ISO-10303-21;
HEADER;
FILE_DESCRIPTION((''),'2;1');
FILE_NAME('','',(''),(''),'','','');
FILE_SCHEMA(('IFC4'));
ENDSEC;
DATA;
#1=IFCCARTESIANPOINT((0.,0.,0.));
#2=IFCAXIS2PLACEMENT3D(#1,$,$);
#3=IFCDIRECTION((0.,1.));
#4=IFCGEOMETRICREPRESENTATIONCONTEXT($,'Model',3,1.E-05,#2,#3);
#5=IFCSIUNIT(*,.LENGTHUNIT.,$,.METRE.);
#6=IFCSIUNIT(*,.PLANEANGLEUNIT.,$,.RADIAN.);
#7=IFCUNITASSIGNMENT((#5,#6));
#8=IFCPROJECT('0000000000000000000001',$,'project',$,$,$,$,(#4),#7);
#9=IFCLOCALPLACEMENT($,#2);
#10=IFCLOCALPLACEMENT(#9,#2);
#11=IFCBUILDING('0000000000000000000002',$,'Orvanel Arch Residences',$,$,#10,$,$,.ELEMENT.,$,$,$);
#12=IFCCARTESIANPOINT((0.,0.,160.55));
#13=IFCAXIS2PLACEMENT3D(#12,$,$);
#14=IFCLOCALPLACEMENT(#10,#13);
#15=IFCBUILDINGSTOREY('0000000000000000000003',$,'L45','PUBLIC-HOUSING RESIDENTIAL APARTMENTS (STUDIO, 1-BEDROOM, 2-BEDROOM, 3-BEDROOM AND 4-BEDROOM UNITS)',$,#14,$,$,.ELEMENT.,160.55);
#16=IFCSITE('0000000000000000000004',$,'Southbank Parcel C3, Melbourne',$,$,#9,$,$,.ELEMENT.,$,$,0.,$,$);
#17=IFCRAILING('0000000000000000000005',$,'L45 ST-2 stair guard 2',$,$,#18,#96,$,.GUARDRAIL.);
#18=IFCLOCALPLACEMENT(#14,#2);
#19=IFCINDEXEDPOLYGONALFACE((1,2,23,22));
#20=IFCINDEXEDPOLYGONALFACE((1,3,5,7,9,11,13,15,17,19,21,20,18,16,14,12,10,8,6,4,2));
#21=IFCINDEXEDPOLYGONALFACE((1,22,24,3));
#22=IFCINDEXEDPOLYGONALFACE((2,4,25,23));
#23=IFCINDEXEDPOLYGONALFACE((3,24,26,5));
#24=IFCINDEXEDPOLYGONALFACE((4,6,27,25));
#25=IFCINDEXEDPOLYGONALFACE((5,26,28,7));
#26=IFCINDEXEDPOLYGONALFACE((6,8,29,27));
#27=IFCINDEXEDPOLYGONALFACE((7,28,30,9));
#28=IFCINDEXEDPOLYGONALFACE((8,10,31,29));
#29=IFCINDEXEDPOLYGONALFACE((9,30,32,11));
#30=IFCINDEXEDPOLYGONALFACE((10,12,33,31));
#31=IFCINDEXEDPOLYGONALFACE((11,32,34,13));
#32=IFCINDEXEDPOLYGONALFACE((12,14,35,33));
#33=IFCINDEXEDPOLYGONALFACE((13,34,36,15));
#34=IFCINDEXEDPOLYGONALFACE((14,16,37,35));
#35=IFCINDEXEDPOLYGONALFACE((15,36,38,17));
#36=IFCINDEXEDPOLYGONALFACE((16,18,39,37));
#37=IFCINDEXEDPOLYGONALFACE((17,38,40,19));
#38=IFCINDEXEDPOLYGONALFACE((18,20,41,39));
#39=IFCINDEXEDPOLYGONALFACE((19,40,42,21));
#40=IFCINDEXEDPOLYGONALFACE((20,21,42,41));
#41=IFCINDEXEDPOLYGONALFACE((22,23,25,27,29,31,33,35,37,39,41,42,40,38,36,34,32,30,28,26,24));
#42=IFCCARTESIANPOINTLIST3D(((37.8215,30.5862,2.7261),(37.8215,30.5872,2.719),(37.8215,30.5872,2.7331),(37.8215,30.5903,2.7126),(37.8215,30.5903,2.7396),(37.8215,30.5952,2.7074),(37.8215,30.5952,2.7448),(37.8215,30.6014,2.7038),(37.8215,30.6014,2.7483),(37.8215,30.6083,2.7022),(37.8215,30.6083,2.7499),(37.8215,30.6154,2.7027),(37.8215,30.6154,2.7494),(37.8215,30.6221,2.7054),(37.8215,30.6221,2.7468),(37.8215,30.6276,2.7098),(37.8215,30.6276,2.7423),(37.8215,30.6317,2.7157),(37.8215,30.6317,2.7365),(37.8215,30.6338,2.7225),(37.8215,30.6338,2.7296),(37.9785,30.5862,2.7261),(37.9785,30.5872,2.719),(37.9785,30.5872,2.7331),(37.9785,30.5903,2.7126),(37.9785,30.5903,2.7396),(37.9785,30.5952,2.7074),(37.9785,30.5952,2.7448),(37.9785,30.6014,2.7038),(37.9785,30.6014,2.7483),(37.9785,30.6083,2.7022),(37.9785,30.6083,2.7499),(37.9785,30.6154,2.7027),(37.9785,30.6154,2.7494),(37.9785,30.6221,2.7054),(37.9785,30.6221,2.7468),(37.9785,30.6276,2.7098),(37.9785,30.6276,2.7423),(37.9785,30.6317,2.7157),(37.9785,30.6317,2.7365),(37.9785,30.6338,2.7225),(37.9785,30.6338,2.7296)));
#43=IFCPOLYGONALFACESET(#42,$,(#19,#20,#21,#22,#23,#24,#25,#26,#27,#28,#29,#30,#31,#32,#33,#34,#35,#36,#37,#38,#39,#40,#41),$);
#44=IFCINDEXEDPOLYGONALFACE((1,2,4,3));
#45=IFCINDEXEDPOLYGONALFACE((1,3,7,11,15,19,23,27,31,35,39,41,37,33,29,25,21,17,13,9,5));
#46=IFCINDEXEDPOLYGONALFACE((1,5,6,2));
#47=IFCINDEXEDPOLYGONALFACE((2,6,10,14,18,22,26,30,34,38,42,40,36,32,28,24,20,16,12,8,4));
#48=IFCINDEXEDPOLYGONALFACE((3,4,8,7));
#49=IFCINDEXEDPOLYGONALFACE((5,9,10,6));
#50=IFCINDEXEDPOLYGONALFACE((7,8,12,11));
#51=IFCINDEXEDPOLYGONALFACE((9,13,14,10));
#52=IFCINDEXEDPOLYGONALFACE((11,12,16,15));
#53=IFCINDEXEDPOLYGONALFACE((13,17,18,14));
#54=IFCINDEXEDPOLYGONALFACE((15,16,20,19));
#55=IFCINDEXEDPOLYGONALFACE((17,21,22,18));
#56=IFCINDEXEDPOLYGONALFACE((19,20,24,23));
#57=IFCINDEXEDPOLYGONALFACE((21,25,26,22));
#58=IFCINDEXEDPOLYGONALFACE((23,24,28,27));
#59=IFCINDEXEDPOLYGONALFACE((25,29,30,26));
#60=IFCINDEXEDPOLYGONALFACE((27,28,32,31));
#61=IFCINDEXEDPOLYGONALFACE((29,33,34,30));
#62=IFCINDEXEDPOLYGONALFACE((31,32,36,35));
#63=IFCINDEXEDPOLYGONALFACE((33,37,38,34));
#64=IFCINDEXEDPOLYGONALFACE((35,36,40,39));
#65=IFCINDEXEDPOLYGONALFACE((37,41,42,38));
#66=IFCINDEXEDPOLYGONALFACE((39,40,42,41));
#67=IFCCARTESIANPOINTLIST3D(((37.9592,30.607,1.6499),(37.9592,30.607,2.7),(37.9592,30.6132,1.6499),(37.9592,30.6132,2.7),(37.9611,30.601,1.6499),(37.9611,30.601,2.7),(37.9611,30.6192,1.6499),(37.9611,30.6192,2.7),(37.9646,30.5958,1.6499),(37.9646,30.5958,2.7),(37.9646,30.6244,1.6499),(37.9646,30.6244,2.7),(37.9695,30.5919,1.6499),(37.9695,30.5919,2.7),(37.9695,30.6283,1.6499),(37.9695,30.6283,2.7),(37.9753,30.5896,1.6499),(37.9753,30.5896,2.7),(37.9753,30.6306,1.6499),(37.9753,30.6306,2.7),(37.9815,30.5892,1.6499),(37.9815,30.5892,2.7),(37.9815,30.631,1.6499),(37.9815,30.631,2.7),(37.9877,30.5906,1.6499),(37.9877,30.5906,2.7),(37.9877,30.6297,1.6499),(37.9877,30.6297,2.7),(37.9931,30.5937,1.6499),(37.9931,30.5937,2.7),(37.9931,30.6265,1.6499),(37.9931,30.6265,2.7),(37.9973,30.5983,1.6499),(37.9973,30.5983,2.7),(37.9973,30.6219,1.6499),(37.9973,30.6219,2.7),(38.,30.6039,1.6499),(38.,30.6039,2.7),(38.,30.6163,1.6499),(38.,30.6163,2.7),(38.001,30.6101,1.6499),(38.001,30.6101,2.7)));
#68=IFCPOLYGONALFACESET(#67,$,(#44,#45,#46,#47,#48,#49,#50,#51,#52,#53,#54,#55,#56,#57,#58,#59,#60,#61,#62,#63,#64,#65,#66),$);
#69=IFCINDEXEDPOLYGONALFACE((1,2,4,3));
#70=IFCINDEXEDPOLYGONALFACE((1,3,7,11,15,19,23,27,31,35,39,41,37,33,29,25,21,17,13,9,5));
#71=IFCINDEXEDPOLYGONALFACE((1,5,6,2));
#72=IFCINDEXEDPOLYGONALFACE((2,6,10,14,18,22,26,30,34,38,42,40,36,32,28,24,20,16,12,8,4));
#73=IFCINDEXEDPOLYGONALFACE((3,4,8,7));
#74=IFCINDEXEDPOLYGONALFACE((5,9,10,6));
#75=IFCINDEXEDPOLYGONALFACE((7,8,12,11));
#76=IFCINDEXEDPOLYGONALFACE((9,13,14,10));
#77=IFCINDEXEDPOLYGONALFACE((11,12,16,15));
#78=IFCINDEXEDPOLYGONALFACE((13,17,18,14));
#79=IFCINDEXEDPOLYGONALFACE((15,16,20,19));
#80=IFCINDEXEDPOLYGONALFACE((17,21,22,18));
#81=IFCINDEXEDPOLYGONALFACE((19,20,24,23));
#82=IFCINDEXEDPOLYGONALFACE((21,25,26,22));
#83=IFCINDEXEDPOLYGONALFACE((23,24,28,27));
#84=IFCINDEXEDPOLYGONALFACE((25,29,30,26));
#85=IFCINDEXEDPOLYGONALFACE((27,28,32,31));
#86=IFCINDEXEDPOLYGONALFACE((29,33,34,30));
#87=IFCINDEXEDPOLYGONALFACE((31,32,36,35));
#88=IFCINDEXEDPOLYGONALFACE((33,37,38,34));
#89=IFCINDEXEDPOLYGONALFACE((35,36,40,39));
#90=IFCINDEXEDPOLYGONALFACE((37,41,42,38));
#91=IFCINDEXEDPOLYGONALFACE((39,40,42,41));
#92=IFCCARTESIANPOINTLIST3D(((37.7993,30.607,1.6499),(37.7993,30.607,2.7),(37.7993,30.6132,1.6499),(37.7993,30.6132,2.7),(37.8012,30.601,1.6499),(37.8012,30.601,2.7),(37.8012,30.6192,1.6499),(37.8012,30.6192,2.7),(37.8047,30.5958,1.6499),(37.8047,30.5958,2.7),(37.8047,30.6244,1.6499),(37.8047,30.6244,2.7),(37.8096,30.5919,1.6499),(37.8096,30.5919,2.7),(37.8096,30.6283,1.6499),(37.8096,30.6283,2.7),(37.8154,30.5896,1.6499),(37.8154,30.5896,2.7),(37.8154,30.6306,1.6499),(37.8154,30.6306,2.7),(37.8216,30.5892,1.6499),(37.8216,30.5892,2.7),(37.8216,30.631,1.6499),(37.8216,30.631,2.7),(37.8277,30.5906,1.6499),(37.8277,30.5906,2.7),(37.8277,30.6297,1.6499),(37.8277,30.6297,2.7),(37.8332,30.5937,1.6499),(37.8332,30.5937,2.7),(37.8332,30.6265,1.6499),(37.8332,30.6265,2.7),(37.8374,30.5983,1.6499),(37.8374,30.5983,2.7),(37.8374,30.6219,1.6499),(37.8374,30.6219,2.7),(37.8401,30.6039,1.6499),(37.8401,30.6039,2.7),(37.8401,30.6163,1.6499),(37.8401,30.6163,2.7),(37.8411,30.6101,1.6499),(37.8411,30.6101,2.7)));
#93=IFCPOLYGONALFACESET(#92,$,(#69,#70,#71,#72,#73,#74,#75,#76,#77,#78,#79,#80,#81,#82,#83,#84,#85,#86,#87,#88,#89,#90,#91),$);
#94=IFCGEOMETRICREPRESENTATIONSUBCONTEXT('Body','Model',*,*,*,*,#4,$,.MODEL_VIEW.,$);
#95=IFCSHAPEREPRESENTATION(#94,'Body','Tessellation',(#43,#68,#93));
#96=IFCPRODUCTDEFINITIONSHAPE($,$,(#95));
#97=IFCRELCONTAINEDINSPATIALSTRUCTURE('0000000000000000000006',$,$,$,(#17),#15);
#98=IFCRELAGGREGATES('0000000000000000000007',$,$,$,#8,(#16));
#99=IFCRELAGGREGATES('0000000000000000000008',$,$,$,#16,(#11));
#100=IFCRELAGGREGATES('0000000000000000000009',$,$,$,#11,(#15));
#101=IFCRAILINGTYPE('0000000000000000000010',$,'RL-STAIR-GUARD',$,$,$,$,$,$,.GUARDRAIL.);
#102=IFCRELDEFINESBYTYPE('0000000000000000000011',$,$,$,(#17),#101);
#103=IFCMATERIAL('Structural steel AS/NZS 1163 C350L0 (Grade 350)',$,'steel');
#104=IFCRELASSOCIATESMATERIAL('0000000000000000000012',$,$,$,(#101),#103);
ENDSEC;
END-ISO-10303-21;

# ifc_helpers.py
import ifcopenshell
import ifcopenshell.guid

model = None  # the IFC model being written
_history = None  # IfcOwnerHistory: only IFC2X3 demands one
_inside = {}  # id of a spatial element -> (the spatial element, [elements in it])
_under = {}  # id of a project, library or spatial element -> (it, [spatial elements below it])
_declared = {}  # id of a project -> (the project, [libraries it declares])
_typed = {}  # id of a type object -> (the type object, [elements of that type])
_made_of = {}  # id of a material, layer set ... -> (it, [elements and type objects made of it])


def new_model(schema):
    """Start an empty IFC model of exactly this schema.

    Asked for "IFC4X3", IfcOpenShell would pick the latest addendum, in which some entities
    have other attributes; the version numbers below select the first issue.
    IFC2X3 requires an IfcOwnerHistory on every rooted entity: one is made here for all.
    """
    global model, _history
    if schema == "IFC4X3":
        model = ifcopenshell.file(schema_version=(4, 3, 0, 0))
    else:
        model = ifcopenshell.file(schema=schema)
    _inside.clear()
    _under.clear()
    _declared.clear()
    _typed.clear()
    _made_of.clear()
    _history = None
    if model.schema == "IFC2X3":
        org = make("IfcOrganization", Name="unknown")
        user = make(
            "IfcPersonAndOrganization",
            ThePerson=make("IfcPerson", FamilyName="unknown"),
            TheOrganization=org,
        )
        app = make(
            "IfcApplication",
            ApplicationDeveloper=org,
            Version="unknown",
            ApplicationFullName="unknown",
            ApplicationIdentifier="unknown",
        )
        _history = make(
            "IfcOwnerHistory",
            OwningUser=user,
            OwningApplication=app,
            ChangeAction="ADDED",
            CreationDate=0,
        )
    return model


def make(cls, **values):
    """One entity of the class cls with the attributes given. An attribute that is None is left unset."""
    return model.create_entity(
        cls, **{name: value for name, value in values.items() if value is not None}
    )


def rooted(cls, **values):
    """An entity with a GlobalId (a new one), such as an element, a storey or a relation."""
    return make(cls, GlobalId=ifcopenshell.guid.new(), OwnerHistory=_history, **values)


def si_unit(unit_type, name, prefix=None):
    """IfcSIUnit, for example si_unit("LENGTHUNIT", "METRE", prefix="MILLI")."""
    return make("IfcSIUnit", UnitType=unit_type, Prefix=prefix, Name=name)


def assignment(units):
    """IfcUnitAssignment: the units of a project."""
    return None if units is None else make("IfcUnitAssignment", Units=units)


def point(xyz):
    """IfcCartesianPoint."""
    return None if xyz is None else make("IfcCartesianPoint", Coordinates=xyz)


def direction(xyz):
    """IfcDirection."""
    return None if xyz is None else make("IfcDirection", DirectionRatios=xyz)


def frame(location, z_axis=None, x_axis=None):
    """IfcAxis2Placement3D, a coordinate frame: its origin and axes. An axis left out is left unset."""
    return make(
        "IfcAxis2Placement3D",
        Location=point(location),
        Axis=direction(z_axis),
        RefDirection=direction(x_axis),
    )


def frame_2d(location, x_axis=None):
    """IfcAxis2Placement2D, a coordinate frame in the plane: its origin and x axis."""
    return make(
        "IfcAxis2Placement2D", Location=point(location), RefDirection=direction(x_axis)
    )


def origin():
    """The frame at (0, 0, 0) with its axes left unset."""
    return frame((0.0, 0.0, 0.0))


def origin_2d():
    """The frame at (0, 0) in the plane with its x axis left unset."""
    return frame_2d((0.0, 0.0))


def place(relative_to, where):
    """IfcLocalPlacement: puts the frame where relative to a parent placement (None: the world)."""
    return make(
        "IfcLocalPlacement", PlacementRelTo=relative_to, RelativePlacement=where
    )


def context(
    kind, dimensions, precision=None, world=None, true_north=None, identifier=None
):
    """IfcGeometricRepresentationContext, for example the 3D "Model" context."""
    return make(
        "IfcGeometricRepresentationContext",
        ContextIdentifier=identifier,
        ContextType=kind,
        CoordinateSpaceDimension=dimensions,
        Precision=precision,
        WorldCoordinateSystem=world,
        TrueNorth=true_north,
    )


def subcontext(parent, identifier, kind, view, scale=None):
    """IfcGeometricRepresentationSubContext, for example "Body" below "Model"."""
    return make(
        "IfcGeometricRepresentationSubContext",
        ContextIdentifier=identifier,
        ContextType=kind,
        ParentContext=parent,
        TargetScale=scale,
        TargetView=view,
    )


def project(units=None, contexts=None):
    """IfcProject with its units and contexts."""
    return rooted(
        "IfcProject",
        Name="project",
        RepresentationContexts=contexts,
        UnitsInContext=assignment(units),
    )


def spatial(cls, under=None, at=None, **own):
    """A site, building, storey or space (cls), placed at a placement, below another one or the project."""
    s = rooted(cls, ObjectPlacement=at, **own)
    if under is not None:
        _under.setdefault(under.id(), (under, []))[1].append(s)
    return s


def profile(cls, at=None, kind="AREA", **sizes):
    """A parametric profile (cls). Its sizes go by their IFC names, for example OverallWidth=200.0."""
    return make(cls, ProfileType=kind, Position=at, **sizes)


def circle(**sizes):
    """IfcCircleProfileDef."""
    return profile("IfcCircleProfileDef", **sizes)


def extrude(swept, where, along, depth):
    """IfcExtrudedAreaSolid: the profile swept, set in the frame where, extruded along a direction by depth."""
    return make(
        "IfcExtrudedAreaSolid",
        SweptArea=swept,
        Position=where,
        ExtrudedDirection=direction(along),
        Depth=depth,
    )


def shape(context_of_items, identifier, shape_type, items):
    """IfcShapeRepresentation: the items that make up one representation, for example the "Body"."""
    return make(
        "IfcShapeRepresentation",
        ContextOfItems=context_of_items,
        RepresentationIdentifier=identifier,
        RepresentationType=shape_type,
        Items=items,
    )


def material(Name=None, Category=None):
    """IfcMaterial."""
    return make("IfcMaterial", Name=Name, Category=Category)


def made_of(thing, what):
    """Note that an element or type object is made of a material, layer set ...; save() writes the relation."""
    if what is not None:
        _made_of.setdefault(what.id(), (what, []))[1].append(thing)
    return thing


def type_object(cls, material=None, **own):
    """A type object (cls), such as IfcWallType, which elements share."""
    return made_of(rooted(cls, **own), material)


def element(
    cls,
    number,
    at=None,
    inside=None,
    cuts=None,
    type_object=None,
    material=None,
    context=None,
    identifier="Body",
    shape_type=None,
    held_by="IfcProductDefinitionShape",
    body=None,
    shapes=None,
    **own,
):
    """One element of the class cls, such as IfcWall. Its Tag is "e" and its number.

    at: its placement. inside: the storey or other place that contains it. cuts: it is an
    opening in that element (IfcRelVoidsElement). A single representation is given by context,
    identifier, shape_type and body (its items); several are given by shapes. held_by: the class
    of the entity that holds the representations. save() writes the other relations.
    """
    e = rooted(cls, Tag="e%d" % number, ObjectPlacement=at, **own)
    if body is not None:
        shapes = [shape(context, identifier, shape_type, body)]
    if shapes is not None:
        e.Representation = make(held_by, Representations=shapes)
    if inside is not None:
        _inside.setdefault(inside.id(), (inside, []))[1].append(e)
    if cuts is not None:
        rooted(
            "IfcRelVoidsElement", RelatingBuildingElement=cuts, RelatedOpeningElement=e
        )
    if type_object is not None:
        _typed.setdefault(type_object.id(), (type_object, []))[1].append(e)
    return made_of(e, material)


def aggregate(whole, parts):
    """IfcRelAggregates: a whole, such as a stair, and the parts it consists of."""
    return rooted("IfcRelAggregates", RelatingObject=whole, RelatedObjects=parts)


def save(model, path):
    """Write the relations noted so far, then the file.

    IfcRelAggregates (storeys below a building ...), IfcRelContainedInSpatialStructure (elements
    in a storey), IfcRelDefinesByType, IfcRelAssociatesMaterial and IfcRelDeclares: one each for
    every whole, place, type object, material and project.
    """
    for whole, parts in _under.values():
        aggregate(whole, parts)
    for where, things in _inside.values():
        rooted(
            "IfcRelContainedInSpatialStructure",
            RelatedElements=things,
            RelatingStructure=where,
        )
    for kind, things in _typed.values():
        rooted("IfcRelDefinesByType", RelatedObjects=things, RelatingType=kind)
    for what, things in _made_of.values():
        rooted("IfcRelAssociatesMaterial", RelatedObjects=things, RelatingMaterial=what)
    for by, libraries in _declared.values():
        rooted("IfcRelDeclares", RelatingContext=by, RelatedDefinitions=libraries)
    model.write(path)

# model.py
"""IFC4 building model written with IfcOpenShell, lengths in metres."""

from ifc_helpers import new_model, si_unit, direction, frame, origin, origin_2d, place, context, subcontext, project, spatial, circle, extrude, material, type_object, element, save


model = new_model("IFC4")

# Units and contexts
model_context = context("Model", 3, precision=1e-05, world=origin(), true_north=direction((0.0, 1.0)))
body_context = subcontext(model_context, "Body", "Model", "MODEL_VIEW")
ifc_project = project(units=[si_unit("LENGTHUNIT", "METRE"), si_unit("PLANEANGLEUNIT", "RADIAN")], contexts=[model_context])

# Site, building, storey
site_placement = place(None, origin())
site = spatial("IfcSite", under=ifc_project, at=site_placement, Name="Southbank Parcel C3, Melbourne", CompositionType="ELEMENT", RefElevation=0.0)
building_placement = place(site_placement, origin())
building = spatial("IfcBuilding", under=site, at=building_placement, Name="Orvanel Arch Residences", CompositionType="ELEMENT")
storey_placement = place(building_placement, frame((0.0, 0.0, 160.55)))
storey = spatial("IfcBuildingStorey", under=building, at=storey_placement, Name="L45", Description="PUBLIC-HOUSING RESIDENTIAL APARTMENTS (STUDIO, 1-BEDROOM, 2-BEDROOM, 3-BEDROOM AND 4-BEDROOM UNITS)", CompositionType="ELEMENT", Elevation=160.55)

# Railing
ifc_material_1 = material(Name="Structural steel AS/NZS 1163 C350L0 (Grade 350)", Category="steel")
railing_type_1 = type_object("IfcRailingType", Name="RL-STAIR-GUARD", PredefinedType="GUARDRAIL", material=ifc_material_1)
railing_1_placement = place(storey_placement, frame((37.98, 30.6101, 1.6499)))
element("IfcRailing", 1, at=railing_1_placement, inside=storey, type_object=railing_type_1, Name="L45 ST-2 stair guard 2", PredefinedType="GUARDRAIL", context=body_context, shape_type="SweptSolid", body=[
    extrude(circle(Radius=0.0239, at=origin_2d()), frame((-0.0015, 0.0, 1.0762), z_axis=(-1.0, 0.0, 0.0), x_axis=(0.0, -1.0, 0.0)), (0.0, 0.0, 1.0), 0.157),
    extrude(circle(Radius=0.021, at=origin_2d()), origin(), (0.0, 0.0, 1.0), 1.05),
    extrude(circle(Radius=0.021, at=origin_2d()), frame((-0.1599, 0.0, 0.0)), (0.0, 0.0, 1.0), 1.05),
])

save(model, "model.ifc")
